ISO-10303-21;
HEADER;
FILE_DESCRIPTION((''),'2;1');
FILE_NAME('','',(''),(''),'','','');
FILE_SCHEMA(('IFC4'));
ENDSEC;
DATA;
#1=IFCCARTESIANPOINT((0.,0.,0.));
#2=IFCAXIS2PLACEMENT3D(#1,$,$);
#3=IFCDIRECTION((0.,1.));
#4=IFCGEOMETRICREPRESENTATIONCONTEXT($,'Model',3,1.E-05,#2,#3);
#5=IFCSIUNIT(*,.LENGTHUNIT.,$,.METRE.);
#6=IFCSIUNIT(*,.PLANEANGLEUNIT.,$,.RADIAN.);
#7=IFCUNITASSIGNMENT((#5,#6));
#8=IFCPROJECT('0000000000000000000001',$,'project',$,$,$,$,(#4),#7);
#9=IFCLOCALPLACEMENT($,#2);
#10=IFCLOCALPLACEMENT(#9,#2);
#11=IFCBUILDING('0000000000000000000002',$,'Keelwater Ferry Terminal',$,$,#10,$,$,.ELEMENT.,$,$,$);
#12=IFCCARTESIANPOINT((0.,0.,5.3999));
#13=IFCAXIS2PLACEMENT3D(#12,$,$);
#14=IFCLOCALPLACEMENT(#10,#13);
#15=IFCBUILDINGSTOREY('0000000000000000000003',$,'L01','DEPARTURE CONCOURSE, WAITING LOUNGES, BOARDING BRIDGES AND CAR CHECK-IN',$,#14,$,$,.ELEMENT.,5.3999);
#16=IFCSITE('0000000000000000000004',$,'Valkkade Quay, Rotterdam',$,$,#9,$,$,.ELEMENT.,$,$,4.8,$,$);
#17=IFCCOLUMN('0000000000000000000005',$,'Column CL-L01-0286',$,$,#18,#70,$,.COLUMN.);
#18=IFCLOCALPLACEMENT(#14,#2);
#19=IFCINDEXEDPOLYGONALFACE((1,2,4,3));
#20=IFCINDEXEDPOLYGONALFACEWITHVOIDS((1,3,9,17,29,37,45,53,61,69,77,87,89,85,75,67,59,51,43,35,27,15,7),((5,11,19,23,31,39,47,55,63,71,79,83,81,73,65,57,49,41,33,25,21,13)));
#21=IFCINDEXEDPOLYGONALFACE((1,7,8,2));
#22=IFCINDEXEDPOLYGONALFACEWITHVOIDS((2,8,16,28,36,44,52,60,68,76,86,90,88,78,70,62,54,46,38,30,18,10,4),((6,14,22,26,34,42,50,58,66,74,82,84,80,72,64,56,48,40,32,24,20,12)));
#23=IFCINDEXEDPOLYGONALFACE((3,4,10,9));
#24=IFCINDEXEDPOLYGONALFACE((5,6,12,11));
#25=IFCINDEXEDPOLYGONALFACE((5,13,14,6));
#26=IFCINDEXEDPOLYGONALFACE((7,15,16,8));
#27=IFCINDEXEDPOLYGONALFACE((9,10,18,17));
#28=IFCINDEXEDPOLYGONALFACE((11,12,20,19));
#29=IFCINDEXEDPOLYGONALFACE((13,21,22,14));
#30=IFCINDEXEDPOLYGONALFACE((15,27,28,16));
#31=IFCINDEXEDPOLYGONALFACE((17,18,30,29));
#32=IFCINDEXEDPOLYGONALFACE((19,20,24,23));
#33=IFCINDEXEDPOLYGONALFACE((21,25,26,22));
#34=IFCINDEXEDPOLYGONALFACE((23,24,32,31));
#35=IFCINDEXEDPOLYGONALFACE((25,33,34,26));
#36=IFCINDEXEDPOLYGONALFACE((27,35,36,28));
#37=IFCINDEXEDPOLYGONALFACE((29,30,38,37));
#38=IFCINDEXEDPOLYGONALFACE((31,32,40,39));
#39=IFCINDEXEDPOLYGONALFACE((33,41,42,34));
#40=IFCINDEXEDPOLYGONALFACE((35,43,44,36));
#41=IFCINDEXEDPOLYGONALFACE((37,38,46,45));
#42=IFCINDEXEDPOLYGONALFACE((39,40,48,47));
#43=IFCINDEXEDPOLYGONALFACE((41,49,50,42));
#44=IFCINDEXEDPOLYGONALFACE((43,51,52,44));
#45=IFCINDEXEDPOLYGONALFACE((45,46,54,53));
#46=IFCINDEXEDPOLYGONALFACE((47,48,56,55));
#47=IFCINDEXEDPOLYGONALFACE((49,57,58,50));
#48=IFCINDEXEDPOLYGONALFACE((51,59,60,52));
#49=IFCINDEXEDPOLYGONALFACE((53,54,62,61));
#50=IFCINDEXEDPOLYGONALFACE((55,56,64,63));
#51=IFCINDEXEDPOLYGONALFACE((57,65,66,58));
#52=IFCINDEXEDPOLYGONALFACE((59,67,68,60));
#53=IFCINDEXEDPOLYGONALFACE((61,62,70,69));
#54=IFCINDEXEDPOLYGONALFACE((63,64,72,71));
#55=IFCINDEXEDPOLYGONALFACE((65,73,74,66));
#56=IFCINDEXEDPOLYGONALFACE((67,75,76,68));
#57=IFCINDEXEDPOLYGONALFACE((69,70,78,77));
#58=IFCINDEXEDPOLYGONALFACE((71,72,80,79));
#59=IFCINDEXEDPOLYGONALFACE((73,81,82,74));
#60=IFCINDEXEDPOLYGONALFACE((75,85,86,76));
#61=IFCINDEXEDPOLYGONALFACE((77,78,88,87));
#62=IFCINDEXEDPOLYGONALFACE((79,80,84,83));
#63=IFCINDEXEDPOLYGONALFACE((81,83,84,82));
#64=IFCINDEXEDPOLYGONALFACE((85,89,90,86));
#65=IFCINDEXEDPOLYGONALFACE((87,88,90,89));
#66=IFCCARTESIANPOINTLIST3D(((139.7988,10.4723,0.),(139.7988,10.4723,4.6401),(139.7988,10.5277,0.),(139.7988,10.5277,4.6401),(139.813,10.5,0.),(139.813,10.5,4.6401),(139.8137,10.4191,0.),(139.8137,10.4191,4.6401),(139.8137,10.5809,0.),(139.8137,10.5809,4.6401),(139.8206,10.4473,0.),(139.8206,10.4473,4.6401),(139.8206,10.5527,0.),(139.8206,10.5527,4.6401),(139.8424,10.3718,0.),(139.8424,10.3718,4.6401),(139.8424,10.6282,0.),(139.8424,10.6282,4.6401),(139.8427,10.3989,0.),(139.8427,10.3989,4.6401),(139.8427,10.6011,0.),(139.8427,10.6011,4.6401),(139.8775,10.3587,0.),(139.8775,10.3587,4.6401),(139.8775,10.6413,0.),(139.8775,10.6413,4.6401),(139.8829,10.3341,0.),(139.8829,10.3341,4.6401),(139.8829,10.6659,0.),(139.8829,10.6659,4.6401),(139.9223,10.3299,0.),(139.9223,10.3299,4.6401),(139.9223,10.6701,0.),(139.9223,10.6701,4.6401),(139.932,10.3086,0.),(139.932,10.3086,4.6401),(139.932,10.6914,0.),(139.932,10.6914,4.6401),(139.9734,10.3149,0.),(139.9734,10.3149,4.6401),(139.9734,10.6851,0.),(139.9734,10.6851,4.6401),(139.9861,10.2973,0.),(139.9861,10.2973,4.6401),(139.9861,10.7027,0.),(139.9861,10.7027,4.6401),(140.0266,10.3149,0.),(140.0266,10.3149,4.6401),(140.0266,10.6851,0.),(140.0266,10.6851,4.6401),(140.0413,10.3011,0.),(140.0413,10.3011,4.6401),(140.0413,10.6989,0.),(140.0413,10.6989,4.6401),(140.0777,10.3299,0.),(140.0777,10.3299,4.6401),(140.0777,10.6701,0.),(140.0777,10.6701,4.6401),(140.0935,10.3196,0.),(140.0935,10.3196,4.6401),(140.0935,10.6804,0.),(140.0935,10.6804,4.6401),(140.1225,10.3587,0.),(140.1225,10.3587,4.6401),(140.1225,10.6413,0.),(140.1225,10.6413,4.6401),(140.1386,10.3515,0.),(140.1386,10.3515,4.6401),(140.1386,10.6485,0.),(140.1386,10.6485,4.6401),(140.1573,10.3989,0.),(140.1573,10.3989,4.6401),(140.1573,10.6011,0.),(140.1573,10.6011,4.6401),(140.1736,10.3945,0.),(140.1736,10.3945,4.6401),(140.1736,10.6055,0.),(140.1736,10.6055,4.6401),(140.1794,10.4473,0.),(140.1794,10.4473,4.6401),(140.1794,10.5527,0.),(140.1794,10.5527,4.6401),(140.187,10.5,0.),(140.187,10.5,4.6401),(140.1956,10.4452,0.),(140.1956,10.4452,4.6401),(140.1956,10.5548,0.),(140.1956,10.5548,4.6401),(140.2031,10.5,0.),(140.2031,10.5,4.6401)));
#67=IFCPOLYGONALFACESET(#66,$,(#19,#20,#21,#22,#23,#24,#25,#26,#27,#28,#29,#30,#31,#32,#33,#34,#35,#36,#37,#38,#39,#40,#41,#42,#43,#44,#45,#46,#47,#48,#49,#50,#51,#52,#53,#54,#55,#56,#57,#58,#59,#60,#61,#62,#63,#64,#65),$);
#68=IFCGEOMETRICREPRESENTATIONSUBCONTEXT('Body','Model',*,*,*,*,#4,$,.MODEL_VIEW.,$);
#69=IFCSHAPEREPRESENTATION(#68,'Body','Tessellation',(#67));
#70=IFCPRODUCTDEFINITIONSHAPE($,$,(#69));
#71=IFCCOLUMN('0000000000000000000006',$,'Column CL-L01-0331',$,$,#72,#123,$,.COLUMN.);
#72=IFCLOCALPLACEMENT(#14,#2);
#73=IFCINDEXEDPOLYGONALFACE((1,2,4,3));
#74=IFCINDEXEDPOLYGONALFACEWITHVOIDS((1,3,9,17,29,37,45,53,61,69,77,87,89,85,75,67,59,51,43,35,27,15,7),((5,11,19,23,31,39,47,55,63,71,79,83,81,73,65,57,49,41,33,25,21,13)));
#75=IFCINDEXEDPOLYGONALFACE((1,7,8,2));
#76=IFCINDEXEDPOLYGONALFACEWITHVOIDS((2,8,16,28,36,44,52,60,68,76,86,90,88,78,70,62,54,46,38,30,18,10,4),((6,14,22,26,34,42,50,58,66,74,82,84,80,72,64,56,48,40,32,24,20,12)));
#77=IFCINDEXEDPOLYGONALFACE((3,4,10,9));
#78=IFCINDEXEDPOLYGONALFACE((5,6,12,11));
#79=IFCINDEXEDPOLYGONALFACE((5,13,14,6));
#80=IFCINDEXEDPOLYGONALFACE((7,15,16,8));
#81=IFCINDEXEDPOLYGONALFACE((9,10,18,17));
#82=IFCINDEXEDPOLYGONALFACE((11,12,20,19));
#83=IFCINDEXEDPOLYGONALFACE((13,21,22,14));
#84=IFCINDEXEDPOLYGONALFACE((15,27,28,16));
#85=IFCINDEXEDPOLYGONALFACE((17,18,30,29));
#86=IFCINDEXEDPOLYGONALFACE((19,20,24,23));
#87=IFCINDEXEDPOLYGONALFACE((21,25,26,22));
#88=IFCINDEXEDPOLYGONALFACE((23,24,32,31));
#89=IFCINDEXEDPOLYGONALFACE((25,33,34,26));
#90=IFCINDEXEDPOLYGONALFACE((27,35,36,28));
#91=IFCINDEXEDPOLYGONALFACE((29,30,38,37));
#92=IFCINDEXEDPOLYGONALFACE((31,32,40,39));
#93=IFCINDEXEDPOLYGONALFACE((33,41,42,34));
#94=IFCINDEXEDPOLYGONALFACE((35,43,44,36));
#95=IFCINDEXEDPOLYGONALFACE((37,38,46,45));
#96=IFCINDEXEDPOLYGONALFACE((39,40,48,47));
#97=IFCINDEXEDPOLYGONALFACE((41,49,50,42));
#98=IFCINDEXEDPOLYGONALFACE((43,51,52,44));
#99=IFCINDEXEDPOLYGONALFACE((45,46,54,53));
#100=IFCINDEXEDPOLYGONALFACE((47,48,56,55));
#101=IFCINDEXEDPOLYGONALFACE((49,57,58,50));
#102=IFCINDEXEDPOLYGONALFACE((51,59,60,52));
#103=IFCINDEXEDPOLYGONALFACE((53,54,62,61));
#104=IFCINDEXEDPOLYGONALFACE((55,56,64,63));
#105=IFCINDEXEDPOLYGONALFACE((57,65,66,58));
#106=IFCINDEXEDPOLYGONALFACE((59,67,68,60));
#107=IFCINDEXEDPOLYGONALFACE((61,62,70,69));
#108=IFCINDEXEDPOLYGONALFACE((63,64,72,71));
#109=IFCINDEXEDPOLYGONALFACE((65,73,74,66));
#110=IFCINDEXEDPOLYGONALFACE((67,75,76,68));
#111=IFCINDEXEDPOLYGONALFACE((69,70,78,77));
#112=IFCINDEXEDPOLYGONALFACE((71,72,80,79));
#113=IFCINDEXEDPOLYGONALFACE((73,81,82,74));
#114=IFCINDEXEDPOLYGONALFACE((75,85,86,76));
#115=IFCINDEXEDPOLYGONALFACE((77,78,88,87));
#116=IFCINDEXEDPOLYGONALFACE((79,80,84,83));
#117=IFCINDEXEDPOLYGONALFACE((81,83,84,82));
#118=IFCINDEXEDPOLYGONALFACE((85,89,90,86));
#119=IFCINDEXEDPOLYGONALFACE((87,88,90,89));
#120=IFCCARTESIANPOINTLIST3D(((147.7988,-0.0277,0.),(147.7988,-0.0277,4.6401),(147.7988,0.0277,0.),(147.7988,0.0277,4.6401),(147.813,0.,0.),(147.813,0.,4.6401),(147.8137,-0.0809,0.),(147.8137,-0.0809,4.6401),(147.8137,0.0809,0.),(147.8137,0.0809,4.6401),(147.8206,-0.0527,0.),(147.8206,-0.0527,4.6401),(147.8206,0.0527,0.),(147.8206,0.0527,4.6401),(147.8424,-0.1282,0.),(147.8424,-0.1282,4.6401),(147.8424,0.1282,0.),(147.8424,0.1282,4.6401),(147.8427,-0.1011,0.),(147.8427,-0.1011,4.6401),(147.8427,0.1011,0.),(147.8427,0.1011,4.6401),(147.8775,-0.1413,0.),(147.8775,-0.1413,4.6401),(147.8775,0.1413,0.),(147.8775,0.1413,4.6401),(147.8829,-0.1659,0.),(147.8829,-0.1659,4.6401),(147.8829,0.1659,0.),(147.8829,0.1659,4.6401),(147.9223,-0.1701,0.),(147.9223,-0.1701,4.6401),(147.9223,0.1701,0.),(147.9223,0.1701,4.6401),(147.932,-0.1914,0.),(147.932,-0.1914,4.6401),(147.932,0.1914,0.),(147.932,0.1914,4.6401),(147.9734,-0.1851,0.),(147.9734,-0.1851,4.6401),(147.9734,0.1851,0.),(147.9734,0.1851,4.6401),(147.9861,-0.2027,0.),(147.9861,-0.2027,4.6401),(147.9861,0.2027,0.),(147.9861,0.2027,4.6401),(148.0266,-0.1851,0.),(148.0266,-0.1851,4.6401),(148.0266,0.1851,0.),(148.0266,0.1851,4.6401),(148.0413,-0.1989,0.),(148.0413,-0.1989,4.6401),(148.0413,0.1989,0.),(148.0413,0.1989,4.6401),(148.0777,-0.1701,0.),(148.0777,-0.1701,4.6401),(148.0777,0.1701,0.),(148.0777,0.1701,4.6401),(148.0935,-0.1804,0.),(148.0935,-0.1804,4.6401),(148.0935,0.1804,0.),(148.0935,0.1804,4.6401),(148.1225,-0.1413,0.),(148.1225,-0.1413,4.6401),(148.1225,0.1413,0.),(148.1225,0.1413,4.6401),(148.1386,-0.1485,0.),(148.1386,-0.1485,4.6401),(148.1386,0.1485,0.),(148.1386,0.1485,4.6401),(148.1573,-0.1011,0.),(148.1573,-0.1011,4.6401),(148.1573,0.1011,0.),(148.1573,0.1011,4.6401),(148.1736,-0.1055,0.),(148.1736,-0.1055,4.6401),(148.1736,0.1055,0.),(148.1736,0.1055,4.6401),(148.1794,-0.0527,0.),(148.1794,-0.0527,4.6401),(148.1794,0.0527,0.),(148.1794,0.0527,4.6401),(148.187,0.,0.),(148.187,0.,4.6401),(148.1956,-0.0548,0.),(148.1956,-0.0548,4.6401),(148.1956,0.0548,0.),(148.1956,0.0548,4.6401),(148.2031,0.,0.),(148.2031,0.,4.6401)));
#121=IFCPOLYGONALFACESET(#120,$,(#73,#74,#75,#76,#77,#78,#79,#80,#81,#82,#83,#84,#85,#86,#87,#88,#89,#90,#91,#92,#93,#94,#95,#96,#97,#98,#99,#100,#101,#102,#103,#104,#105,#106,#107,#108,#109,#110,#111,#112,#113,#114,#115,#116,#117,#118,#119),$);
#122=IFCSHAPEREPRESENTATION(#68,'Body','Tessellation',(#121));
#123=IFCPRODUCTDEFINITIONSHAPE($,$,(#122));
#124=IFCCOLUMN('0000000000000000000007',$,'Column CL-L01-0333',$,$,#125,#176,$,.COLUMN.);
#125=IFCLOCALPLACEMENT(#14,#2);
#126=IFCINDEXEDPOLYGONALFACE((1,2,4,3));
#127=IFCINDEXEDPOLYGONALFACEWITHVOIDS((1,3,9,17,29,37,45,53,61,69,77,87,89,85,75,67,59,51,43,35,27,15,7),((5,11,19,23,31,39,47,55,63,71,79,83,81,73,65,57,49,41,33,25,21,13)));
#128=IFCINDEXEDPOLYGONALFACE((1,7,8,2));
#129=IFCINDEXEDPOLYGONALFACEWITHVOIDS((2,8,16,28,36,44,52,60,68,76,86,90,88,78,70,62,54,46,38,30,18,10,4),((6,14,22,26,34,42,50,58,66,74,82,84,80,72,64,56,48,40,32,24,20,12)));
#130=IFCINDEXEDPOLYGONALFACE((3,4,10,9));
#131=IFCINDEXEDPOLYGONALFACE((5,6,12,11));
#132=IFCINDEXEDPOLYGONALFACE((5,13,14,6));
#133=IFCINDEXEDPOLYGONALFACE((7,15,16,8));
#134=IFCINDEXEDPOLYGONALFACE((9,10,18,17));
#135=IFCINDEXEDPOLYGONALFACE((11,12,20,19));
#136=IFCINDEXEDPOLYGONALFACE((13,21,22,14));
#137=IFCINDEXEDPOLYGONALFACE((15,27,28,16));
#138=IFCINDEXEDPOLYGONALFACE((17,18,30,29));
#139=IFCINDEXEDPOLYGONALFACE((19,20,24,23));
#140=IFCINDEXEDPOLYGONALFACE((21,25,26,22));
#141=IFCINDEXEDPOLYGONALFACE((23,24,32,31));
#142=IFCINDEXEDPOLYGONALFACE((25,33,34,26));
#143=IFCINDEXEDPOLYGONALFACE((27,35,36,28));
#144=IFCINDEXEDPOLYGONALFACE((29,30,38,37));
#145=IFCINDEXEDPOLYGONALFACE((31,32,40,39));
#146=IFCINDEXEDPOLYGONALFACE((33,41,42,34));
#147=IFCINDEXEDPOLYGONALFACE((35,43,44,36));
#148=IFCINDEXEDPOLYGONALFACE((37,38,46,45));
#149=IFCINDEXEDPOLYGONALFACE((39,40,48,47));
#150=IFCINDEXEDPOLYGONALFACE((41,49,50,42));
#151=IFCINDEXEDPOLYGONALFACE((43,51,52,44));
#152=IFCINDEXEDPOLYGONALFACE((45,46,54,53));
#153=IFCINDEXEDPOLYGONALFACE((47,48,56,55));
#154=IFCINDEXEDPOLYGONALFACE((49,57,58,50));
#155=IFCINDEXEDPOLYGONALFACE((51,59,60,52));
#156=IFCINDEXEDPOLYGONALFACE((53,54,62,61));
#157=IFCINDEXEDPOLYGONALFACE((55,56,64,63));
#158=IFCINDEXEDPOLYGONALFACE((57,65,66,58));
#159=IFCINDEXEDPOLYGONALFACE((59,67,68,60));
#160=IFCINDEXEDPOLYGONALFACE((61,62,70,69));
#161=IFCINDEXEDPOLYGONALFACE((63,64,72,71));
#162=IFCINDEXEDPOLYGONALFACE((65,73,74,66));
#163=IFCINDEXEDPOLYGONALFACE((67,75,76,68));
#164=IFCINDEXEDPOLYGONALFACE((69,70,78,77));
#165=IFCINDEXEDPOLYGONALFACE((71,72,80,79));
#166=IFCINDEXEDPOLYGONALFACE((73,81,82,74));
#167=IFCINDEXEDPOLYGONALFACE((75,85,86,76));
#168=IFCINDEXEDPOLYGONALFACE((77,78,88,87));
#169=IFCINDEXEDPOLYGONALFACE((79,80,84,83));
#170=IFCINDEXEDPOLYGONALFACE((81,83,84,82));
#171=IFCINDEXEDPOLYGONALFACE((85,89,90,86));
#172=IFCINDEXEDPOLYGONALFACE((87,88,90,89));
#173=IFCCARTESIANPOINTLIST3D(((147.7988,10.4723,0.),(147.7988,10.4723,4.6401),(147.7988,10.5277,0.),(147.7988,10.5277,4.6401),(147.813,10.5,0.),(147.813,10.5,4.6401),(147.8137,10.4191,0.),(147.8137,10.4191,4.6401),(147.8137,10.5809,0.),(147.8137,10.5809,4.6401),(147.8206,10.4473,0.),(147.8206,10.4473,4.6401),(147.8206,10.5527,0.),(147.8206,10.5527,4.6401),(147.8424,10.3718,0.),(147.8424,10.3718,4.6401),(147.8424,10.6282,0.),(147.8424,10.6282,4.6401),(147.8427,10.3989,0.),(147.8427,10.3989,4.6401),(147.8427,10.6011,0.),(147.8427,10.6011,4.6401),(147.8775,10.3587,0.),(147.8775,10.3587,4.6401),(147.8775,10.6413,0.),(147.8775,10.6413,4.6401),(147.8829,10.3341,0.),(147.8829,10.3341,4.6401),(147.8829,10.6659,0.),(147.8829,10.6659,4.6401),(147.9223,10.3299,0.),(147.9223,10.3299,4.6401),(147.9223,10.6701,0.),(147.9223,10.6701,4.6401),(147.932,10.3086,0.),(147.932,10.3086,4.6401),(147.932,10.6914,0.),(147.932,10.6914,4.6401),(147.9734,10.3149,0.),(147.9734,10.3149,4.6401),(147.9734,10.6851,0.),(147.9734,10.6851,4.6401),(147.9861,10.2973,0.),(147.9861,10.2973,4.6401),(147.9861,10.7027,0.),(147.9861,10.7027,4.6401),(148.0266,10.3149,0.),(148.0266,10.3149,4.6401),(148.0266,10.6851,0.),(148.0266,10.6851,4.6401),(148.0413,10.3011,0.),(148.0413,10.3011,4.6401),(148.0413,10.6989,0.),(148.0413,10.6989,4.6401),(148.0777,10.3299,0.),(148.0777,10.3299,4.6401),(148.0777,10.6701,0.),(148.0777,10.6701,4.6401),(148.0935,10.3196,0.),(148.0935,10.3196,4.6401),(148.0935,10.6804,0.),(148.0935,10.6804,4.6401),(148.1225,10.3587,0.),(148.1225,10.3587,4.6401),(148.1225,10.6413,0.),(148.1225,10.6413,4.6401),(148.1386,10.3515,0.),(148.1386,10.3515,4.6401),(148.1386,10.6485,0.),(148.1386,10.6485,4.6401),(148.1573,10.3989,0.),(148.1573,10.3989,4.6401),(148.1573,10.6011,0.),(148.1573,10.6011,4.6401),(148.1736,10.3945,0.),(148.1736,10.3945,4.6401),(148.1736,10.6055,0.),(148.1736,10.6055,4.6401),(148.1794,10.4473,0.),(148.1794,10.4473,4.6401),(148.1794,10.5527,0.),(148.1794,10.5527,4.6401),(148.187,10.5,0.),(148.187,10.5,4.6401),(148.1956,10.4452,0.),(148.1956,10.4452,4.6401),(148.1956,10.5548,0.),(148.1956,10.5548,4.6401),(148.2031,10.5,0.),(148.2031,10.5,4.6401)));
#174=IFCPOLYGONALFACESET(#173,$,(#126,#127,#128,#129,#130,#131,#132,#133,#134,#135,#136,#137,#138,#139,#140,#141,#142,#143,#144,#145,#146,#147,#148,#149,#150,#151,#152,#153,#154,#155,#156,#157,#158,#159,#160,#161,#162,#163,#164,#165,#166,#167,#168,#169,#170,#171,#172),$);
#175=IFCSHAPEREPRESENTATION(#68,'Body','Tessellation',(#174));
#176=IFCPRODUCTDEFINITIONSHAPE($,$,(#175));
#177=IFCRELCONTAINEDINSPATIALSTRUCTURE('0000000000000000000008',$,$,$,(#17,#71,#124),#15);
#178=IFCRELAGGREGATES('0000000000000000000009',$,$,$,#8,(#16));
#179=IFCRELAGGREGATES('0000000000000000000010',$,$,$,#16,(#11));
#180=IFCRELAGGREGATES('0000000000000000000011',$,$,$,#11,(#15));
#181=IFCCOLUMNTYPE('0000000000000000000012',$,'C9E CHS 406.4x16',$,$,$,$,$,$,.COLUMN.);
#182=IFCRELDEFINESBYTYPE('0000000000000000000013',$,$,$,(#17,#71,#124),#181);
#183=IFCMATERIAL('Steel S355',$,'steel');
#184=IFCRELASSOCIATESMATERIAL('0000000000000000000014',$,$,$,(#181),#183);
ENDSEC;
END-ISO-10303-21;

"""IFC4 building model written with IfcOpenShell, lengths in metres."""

from ifc_helpers import new_model, si_unit, direction, frame, origin, origin_2d, place, context, subcontext, project, spatial, hollow_circle, extrude, material, material_profile, profile_set, type_object, element, save


model = new_model("IFC4")

# Units and contexts
model_context = context("Model", 3, precision=1e-05, world=origin(), true_north=direction((0.0, 1.0)))
body_context = subcontext(model_context, "Body", "Model", "MODEL_VIEW")
ifc_project = project(units=[si_unit("LENGTHUNIT", "METRE"), si_unit("PLANEANGLEUNIT", "RADIAN")], contexts=[model_context])

# Site, building, storey
site_placement = place(None, origin())
site = spatial("IfcSite", under=ifc_project, at=site_placement, Name="Valkkade Quay, Rotterdam", CompositionType="ELEMENT", RefElevation=4.8)
building_placement = place(site_placement, origin())
building = spatial("IfcBuilding", under=site, at=building_placement, Name="Keelwater Ferry Terminal", CompositionType="ELEMENT")
storey_placement = place(building_placement, frame((0.0, 0.0, 5.3999)))
storey = spatial("IfcBuildingStorey", under=building, at=storey_placement, Name="L01", Description="DEPARTURE CONCOURSE, WAITING LOUNGES, BOARDING BRIDGES AND CAR CHECK-IN", CompositionType="ELEMENT", Elevation=5.3999)

# Columns
ifc_material_1 = material(Name="Steel S355", Category="steel")
ifc_material_profile_1 = material_profile(ifc_material_1, hollow_circle(Radius=0.2031, WallThickness=0.0161, at=origin_2d()), Name="CHS 406.4x16")
ifc_profile_set_1 = profile_set([ifc_material_profile_1], Name="Steel S355")
column_type = type_object("IfcColumnType", Name="C9E CHS 406.4x16", PredefinedType="COLUMN", material=ifc_profile_set_1)
for number, where, z_axis, x_axis, name in (
    (1, (140.0, 10.5, 0.0), (0.0, 0.0, 1.0), (1.0, 0.0, 0.0), "Column CL-L01-0286"),
    (2, (148.0, 0.0, 0.0), (0.0, 0.0, 1.0), (1.0, 0.0, 0.0), "Column CL-L01-0331"),
    (3, (148.0, 10.5, 0.0), (0.0, 0.0, 1.0), (1.0, 0.0, 0.0), "Column CL-L01-0333"),
):
    element("IfcColumn", number, at=place(storey_placement, frame(where, z_axis=z_axis, x_axis=x_axis)), inside=storey, type_object=column_type, Name=name, PredefinedType="COLUMN", context=body_context, shape_type="SweptSolid", body=[
        extrude(hollow_circle(Radius=0.2031, WallThickness=0.0161, at=origin_2d()), origin(), (0.0, 0.0, 1.0), 4.6401),
    ])

save(model, "model.ifc")
